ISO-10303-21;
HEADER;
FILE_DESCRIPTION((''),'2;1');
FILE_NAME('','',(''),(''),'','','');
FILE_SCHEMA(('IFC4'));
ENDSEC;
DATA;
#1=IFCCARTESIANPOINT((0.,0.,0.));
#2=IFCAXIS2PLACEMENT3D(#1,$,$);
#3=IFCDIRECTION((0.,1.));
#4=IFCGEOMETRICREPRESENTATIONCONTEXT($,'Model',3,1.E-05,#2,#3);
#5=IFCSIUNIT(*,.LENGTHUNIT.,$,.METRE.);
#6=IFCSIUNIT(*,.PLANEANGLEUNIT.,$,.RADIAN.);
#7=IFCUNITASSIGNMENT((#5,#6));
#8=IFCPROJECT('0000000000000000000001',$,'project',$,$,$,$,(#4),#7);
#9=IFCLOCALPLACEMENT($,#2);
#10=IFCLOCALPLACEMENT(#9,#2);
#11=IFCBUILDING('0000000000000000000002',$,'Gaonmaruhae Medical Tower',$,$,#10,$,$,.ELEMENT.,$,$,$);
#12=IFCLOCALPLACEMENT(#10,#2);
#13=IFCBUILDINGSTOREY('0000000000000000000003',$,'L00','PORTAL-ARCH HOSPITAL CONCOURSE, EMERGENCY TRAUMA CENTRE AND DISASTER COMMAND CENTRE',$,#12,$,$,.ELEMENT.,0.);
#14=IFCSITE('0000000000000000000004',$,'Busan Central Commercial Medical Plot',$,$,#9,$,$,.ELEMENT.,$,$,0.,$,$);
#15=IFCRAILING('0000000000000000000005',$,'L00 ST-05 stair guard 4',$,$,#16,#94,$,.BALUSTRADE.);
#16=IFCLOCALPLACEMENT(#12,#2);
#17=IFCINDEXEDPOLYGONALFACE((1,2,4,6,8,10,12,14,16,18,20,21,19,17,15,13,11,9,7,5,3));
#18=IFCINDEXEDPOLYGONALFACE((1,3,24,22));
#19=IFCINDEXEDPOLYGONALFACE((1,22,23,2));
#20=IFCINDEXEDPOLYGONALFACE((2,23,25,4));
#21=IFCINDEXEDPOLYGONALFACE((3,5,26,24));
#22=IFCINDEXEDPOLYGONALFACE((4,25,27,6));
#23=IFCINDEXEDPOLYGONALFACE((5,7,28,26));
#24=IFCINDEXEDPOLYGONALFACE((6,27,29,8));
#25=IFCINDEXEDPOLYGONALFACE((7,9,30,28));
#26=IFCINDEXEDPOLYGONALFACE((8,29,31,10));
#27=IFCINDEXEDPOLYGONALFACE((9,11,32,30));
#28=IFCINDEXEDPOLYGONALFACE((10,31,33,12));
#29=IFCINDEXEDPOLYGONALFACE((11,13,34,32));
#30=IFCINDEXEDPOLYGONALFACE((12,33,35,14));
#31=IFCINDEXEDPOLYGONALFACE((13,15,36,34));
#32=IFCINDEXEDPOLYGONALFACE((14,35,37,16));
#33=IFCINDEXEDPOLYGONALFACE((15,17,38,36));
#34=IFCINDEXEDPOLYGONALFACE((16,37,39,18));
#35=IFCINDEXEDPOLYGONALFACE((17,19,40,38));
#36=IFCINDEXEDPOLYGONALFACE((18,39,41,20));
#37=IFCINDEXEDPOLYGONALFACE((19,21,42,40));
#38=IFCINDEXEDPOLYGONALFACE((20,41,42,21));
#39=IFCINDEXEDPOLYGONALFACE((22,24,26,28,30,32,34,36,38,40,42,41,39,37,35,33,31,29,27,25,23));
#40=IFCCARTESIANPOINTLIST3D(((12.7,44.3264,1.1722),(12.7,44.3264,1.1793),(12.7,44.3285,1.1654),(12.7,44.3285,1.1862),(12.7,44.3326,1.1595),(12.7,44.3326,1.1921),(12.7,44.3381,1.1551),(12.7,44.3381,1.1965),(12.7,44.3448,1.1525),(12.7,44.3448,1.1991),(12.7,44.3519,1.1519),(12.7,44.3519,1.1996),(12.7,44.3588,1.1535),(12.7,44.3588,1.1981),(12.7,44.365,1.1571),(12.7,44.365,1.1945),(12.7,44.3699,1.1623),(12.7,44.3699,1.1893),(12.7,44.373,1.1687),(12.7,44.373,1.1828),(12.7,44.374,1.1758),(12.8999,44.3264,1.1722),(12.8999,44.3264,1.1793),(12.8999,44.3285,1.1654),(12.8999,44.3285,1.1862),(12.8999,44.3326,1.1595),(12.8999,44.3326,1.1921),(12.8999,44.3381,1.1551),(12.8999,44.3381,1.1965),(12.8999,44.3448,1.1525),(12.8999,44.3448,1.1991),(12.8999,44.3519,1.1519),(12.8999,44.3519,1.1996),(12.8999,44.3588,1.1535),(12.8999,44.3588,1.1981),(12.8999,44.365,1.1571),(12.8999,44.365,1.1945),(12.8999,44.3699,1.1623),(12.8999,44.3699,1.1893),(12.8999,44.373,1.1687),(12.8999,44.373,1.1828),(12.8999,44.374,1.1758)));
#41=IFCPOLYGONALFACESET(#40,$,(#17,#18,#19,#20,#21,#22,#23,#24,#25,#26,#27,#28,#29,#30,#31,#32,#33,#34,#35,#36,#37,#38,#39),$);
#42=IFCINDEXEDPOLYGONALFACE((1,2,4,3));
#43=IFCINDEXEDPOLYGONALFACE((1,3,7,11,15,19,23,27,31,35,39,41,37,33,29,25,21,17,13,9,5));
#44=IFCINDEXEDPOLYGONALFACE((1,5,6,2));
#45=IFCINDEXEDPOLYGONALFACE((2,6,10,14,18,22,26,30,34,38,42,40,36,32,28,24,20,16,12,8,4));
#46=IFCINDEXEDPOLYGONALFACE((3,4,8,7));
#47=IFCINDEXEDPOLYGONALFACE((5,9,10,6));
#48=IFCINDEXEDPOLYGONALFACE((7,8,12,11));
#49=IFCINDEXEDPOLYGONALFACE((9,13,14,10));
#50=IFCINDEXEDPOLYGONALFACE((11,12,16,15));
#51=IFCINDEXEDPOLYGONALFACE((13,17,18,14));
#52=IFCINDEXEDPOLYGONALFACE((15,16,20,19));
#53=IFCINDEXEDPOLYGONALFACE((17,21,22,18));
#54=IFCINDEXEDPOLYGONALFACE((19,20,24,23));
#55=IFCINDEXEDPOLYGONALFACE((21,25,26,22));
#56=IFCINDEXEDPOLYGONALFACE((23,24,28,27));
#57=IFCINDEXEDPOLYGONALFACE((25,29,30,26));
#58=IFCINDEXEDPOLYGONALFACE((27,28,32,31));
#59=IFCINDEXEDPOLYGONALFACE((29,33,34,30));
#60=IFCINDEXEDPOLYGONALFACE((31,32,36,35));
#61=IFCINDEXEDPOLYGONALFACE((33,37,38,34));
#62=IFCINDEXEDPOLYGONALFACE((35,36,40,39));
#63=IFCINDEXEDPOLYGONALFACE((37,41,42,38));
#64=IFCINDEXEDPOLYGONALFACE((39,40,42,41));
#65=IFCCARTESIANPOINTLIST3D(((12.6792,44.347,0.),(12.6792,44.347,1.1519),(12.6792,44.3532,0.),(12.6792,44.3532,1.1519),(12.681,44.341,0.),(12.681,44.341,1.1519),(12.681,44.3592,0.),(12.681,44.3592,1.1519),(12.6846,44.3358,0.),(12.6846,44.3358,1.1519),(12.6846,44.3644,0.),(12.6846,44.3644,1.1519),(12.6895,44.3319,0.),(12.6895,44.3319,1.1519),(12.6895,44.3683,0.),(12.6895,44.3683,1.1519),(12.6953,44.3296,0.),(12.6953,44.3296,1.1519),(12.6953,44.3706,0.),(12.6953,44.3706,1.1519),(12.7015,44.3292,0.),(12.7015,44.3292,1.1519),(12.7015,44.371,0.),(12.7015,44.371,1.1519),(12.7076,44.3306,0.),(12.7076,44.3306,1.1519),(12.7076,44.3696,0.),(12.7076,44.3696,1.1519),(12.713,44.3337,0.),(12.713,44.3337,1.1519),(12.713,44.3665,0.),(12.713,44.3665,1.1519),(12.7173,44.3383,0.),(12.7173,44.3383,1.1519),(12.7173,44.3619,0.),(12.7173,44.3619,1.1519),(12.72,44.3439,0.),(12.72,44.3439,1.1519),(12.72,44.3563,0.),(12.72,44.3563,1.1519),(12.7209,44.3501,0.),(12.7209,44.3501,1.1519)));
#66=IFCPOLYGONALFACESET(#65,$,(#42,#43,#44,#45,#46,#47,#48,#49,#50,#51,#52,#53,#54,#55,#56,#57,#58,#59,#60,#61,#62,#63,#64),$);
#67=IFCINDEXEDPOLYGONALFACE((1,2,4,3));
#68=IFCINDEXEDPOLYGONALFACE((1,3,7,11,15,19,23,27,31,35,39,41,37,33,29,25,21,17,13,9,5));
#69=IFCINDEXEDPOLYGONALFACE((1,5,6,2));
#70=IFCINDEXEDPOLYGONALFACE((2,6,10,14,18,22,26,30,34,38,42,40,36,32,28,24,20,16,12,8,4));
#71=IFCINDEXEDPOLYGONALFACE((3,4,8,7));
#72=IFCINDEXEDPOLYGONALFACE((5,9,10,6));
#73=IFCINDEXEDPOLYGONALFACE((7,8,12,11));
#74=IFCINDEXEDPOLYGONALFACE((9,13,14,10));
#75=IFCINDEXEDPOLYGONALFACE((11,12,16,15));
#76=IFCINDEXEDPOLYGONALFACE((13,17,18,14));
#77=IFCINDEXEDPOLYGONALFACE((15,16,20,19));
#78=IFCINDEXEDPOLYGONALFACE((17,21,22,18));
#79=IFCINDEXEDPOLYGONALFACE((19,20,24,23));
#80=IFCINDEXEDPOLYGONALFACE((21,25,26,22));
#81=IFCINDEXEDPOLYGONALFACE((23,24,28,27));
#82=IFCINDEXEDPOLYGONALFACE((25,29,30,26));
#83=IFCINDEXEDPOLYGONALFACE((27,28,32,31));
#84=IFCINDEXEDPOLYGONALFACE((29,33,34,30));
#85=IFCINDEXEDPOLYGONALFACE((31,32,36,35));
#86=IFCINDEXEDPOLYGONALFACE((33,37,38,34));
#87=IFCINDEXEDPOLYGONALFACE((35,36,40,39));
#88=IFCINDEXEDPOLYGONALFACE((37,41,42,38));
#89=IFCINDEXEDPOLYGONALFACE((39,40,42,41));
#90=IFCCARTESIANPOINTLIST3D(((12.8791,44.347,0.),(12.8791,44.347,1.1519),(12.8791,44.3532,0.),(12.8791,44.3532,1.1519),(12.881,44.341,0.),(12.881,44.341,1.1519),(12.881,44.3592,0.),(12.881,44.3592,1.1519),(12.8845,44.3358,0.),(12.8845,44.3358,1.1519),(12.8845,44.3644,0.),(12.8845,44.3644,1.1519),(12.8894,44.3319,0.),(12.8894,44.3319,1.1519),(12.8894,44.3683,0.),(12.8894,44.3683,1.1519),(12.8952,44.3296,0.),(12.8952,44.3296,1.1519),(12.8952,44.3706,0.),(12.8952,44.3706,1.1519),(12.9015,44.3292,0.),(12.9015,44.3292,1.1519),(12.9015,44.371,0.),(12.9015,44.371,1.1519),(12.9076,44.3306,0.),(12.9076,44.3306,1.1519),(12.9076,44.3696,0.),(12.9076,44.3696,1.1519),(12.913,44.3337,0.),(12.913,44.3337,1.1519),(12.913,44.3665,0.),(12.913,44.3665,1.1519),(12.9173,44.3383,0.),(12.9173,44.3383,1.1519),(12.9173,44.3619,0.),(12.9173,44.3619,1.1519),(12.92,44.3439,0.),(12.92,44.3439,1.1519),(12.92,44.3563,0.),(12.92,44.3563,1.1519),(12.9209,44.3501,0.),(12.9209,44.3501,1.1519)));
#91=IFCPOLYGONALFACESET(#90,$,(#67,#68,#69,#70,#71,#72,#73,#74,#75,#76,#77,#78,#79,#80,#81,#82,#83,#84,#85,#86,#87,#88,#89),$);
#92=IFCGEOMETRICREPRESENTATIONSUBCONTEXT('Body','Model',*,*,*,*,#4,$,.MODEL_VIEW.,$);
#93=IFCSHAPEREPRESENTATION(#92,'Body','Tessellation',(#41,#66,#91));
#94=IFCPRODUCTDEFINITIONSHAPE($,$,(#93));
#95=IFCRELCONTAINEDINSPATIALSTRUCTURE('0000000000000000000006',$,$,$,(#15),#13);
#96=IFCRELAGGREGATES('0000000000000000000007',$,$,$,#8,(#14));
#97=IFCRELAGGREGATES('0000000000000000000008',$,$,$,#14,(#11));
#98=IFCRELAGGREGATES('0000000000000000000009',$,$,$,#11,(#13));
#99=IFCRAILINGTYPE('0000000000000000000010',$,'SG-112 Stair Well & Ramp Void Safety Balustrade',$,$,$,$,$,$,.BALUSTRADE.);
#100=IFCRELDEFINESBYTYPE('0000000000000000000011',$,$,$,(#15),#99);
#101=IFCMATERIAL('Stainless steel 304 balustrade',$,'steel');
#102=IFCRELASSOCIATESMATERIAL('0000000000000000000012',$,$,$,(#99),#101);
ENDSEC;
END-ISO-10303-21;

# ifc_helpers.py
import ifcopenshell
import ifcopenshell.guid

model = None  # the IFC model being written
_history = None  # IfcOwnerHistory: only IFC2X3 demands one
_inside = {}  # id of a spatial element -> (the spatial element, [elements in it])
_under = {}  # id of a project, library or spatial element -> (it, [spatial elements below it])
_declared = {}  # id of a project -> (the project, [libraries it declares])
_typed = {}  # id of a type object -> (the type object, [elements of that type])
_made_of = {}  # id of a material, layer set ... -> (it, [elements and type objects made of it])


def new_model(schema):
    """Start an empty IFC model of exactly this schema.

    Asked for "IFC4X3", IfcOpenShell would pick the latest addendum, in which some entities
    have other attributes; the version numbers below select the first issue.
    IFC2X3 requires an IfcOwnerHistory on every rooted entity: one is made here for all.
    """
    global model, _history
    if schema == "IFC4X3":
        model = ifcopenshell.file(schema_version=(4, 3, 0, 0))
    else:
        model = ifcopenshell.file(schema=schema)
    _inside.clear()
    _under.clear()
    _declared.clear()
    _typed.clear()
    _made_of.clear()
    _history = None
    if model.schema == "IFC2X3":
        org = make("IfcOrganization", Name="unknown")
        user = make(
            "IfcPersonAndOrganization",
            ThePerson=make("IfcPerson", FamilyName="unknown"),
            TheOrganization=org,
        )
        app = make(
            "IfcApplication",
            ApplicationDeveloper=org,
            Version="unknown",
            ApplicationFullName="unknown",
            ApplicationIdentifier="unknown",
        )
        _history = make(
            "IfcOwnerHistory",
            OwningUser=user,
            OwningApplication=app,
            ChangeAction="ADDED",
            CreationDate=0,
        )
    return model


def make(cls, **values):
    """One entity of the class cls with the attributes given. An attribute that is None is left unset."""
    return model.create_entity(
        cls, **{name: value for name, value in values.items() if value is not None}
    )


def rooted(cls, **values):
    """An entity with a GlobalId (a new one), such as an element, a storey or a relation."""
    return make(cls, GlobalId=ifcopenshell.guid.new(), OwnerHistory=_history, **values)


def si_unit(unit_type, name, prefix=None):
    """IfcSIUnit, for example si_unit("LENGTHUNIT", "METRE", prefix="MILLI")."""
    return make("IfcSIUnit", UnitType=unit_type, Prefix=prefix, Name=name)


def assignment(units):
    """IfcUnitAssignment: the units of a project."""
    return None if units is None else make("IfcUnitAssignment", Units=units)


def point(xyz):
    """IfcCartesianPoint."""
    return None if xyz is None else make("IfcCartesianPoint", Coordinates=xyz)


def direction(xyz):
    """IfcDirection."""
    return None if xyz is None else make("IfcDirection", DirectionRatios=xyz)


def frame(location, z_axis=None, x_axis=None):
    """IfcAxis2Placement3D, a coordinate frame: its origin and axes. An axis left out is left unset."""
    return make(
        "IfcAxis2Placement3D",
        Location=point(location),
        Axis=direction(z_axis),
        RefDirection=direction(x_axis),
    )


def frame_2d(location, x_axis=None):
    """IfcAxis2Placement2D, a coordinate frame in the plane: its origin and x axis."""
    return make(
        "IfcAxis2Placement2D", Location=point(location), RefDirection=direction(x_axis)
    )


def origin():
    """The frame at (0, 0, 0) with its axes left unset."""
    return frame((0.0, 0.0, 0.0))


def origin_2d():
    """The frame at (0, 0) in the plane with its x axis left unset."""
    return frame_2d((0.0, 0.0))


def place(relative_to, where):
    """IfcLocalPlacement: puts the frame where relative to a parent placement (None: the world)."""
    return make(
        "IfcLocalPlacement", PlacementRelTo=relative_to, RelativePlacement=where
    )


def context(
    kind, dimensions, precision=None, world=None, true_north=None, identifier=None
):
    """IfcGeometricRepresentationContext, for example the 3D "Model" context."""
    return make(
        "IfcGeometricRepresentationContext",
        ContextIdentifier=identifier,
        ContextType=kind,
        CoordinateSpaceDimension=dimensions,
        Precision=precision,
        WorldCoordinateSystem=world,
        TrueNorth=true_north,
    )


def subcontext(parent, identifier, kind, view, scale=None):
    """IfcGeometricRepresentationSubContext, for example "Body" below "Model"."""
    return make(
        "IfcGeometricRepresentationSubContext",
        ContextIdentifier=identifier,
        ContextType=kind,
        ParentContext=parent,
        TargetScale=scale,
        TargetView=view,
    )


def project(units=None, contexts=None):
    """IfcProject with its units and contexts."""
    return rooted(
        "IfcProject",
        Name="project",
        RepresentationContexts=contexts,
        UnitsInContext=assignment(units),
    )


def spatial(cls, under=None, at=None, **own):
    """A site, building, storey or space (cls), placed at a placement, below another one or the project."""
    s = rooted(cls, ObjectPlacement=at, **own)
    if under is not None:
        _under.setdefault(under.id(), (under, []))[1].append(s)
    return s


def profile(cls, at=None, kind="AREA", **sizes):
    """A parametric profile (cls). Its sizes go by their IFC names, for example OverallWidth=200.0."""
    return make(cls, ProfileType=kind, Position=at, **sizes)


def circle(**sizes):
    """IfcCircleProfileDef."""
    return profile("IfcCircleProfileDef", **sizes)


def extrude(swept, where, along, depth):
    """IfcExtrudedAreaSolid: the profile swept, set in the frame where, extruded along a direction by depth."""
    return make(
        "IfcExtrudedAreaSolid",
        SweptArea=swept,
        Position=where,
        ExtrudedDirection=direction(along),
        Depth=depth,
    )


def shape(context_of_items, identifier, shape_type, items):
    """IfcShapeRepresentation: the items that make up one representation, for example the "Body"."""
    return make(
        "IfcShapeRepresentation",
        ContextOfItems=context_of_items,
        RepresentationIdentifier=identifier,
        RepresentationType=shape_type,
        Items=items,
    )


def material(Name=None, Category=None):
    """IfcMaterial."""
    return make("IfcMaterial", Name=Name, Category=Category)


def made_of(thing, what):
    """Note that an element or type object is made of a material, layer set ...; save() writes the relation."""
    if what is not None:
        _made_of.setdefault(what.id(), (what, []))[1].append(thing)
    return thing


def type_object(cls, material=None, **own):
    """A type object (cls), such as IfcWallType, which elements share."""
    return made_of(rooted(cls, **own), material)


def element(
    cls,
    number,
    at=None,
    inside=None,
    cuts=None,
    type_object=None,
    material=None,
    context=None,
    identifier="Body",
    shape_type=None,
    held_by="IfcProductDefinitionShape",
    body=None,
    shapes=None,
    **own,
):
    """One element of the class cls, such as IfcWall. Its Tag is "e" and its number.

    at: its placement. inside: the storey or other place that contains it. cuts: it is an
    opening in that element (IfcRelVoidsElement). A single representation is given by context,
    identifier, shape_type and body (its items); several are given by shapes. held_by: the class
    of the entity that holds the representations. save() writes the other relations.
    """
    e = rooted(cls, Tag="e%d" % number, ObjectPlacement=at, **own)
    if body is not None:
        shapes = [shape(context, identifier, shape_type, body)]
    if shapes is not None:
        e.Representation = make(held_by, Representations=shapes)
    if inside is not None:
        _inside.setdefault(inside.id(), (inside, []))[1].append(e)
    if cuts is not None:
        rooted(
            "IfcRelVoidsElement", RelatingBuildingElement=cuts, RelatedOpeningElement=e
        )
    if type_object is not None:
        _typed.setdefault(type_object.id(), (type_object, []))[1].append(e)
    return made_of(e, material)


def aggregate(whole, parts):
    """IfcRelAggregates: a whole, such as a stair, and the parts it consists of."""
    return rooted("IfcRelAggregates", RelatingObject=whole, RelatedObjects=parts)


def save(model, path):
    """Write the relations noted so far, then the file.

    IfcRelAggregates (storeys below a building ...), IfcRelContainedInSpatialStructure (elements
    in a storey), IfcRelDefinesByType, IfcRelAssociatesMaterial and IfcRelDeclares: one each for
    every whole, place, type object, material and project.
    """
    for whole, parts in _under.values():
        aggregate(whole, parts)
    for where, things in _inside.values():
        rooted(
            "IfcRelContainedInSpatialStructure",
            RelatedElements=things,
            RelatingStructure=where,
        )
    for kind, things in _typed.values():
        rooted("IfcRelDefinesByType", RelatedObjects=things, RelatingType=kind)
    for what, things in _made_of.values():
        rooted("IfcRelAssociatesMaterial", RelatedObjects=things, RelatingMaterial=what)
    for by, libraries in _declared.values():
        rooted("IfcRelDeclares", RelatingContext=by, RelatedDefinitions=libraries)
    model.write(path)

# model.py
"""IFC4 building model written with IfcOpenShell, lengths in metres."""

from ifc_helpers import new_model, si_unit, direction, frame, origin, origin_2d, place, context, subcontext, project, spatial, circle, extrude, material, type_object, element, save


model = new_model("IFC4")

# Units and contexts
model_context = context("Model", 3, precision=1e-05, world=origin(), true_north=direction((0.0, 1.0)))
body_context = subcontext(model_context, "Body", "Model", "MODEL_VIEW")
ifc_project = project(units=[si_unit("LENGTHUNIT", "METRE"), si_unit("PLANEANGLEUNIT", "RADIAN")], contexts=[model_context])

# Site, building, storey
site_placement = place(None, origin())
site = spatial("IfcSite", under=ifc_project, at=site_placement, Name="Busan Central Commercial Medical Plot", CompositionType="ELEMENT", RefElevation=0.0)
building_placement = place(site_placement, origin())
building = spatial("IfcBuilding", under=site, at=building_placement, Name="Gaonmaruhae Medical Tower", CompositionType="ELEMENT")
storey_placement = place(building_placement, origin())
storey = spatial("IfcBuildingStorey", under=building, at=storey_placement, Name="L00", Description="PORTAL-ARCH HOSPITAL CONCOURSE, EMERGENCY TRAUMA CENTRE AND DISASTER COMMAND CENTRE", CompositionType="ELEMENT", Elevation=0.0)

# Railing
ifc_material_1 = material(Name="Stainless steel 304 balustrade", Category="steel")
railing_type_1 = type_object("IfcRailingType", Name="SG-112 Stair Well & Ramp Void Safety Balustrade", PredefinedType="BALUSTRADE", material=ifc_material_1)
railing_1_placement = place(storey_placement, frame((12.7, 44.3501, 0.0)))
element("IfcRailing", 1, at=railing_1_placement, inside=storey, type_object=railing_type_1, Name="L00 ST-05 stair guard 4", PredefinedType="BALUSTRADE", context=body_context, shape_type="SweptSolid", body=[
    extrude(circle(Radius=0.0239, at=origin_2d()), frame((0.0, 0.0, 1.1758), z_axis=(1.0, 0.0, 0.0), x_axis=(0.0, 1.0, 0.0)), (0.0, 0.0, 1.0), 0.2),
    extrude(circle(Radius=0.021, at=origin_2d()), origin(), (0.0, 0.0, 1.0), 1.1519),
    extrude(circle(Radius=0.021, at=origin_2d()), frame((0.2, 0.0, 0.0)), (0.0, 0.0, 1.0), 1.1519),
])

save(model, "model.ifc")
